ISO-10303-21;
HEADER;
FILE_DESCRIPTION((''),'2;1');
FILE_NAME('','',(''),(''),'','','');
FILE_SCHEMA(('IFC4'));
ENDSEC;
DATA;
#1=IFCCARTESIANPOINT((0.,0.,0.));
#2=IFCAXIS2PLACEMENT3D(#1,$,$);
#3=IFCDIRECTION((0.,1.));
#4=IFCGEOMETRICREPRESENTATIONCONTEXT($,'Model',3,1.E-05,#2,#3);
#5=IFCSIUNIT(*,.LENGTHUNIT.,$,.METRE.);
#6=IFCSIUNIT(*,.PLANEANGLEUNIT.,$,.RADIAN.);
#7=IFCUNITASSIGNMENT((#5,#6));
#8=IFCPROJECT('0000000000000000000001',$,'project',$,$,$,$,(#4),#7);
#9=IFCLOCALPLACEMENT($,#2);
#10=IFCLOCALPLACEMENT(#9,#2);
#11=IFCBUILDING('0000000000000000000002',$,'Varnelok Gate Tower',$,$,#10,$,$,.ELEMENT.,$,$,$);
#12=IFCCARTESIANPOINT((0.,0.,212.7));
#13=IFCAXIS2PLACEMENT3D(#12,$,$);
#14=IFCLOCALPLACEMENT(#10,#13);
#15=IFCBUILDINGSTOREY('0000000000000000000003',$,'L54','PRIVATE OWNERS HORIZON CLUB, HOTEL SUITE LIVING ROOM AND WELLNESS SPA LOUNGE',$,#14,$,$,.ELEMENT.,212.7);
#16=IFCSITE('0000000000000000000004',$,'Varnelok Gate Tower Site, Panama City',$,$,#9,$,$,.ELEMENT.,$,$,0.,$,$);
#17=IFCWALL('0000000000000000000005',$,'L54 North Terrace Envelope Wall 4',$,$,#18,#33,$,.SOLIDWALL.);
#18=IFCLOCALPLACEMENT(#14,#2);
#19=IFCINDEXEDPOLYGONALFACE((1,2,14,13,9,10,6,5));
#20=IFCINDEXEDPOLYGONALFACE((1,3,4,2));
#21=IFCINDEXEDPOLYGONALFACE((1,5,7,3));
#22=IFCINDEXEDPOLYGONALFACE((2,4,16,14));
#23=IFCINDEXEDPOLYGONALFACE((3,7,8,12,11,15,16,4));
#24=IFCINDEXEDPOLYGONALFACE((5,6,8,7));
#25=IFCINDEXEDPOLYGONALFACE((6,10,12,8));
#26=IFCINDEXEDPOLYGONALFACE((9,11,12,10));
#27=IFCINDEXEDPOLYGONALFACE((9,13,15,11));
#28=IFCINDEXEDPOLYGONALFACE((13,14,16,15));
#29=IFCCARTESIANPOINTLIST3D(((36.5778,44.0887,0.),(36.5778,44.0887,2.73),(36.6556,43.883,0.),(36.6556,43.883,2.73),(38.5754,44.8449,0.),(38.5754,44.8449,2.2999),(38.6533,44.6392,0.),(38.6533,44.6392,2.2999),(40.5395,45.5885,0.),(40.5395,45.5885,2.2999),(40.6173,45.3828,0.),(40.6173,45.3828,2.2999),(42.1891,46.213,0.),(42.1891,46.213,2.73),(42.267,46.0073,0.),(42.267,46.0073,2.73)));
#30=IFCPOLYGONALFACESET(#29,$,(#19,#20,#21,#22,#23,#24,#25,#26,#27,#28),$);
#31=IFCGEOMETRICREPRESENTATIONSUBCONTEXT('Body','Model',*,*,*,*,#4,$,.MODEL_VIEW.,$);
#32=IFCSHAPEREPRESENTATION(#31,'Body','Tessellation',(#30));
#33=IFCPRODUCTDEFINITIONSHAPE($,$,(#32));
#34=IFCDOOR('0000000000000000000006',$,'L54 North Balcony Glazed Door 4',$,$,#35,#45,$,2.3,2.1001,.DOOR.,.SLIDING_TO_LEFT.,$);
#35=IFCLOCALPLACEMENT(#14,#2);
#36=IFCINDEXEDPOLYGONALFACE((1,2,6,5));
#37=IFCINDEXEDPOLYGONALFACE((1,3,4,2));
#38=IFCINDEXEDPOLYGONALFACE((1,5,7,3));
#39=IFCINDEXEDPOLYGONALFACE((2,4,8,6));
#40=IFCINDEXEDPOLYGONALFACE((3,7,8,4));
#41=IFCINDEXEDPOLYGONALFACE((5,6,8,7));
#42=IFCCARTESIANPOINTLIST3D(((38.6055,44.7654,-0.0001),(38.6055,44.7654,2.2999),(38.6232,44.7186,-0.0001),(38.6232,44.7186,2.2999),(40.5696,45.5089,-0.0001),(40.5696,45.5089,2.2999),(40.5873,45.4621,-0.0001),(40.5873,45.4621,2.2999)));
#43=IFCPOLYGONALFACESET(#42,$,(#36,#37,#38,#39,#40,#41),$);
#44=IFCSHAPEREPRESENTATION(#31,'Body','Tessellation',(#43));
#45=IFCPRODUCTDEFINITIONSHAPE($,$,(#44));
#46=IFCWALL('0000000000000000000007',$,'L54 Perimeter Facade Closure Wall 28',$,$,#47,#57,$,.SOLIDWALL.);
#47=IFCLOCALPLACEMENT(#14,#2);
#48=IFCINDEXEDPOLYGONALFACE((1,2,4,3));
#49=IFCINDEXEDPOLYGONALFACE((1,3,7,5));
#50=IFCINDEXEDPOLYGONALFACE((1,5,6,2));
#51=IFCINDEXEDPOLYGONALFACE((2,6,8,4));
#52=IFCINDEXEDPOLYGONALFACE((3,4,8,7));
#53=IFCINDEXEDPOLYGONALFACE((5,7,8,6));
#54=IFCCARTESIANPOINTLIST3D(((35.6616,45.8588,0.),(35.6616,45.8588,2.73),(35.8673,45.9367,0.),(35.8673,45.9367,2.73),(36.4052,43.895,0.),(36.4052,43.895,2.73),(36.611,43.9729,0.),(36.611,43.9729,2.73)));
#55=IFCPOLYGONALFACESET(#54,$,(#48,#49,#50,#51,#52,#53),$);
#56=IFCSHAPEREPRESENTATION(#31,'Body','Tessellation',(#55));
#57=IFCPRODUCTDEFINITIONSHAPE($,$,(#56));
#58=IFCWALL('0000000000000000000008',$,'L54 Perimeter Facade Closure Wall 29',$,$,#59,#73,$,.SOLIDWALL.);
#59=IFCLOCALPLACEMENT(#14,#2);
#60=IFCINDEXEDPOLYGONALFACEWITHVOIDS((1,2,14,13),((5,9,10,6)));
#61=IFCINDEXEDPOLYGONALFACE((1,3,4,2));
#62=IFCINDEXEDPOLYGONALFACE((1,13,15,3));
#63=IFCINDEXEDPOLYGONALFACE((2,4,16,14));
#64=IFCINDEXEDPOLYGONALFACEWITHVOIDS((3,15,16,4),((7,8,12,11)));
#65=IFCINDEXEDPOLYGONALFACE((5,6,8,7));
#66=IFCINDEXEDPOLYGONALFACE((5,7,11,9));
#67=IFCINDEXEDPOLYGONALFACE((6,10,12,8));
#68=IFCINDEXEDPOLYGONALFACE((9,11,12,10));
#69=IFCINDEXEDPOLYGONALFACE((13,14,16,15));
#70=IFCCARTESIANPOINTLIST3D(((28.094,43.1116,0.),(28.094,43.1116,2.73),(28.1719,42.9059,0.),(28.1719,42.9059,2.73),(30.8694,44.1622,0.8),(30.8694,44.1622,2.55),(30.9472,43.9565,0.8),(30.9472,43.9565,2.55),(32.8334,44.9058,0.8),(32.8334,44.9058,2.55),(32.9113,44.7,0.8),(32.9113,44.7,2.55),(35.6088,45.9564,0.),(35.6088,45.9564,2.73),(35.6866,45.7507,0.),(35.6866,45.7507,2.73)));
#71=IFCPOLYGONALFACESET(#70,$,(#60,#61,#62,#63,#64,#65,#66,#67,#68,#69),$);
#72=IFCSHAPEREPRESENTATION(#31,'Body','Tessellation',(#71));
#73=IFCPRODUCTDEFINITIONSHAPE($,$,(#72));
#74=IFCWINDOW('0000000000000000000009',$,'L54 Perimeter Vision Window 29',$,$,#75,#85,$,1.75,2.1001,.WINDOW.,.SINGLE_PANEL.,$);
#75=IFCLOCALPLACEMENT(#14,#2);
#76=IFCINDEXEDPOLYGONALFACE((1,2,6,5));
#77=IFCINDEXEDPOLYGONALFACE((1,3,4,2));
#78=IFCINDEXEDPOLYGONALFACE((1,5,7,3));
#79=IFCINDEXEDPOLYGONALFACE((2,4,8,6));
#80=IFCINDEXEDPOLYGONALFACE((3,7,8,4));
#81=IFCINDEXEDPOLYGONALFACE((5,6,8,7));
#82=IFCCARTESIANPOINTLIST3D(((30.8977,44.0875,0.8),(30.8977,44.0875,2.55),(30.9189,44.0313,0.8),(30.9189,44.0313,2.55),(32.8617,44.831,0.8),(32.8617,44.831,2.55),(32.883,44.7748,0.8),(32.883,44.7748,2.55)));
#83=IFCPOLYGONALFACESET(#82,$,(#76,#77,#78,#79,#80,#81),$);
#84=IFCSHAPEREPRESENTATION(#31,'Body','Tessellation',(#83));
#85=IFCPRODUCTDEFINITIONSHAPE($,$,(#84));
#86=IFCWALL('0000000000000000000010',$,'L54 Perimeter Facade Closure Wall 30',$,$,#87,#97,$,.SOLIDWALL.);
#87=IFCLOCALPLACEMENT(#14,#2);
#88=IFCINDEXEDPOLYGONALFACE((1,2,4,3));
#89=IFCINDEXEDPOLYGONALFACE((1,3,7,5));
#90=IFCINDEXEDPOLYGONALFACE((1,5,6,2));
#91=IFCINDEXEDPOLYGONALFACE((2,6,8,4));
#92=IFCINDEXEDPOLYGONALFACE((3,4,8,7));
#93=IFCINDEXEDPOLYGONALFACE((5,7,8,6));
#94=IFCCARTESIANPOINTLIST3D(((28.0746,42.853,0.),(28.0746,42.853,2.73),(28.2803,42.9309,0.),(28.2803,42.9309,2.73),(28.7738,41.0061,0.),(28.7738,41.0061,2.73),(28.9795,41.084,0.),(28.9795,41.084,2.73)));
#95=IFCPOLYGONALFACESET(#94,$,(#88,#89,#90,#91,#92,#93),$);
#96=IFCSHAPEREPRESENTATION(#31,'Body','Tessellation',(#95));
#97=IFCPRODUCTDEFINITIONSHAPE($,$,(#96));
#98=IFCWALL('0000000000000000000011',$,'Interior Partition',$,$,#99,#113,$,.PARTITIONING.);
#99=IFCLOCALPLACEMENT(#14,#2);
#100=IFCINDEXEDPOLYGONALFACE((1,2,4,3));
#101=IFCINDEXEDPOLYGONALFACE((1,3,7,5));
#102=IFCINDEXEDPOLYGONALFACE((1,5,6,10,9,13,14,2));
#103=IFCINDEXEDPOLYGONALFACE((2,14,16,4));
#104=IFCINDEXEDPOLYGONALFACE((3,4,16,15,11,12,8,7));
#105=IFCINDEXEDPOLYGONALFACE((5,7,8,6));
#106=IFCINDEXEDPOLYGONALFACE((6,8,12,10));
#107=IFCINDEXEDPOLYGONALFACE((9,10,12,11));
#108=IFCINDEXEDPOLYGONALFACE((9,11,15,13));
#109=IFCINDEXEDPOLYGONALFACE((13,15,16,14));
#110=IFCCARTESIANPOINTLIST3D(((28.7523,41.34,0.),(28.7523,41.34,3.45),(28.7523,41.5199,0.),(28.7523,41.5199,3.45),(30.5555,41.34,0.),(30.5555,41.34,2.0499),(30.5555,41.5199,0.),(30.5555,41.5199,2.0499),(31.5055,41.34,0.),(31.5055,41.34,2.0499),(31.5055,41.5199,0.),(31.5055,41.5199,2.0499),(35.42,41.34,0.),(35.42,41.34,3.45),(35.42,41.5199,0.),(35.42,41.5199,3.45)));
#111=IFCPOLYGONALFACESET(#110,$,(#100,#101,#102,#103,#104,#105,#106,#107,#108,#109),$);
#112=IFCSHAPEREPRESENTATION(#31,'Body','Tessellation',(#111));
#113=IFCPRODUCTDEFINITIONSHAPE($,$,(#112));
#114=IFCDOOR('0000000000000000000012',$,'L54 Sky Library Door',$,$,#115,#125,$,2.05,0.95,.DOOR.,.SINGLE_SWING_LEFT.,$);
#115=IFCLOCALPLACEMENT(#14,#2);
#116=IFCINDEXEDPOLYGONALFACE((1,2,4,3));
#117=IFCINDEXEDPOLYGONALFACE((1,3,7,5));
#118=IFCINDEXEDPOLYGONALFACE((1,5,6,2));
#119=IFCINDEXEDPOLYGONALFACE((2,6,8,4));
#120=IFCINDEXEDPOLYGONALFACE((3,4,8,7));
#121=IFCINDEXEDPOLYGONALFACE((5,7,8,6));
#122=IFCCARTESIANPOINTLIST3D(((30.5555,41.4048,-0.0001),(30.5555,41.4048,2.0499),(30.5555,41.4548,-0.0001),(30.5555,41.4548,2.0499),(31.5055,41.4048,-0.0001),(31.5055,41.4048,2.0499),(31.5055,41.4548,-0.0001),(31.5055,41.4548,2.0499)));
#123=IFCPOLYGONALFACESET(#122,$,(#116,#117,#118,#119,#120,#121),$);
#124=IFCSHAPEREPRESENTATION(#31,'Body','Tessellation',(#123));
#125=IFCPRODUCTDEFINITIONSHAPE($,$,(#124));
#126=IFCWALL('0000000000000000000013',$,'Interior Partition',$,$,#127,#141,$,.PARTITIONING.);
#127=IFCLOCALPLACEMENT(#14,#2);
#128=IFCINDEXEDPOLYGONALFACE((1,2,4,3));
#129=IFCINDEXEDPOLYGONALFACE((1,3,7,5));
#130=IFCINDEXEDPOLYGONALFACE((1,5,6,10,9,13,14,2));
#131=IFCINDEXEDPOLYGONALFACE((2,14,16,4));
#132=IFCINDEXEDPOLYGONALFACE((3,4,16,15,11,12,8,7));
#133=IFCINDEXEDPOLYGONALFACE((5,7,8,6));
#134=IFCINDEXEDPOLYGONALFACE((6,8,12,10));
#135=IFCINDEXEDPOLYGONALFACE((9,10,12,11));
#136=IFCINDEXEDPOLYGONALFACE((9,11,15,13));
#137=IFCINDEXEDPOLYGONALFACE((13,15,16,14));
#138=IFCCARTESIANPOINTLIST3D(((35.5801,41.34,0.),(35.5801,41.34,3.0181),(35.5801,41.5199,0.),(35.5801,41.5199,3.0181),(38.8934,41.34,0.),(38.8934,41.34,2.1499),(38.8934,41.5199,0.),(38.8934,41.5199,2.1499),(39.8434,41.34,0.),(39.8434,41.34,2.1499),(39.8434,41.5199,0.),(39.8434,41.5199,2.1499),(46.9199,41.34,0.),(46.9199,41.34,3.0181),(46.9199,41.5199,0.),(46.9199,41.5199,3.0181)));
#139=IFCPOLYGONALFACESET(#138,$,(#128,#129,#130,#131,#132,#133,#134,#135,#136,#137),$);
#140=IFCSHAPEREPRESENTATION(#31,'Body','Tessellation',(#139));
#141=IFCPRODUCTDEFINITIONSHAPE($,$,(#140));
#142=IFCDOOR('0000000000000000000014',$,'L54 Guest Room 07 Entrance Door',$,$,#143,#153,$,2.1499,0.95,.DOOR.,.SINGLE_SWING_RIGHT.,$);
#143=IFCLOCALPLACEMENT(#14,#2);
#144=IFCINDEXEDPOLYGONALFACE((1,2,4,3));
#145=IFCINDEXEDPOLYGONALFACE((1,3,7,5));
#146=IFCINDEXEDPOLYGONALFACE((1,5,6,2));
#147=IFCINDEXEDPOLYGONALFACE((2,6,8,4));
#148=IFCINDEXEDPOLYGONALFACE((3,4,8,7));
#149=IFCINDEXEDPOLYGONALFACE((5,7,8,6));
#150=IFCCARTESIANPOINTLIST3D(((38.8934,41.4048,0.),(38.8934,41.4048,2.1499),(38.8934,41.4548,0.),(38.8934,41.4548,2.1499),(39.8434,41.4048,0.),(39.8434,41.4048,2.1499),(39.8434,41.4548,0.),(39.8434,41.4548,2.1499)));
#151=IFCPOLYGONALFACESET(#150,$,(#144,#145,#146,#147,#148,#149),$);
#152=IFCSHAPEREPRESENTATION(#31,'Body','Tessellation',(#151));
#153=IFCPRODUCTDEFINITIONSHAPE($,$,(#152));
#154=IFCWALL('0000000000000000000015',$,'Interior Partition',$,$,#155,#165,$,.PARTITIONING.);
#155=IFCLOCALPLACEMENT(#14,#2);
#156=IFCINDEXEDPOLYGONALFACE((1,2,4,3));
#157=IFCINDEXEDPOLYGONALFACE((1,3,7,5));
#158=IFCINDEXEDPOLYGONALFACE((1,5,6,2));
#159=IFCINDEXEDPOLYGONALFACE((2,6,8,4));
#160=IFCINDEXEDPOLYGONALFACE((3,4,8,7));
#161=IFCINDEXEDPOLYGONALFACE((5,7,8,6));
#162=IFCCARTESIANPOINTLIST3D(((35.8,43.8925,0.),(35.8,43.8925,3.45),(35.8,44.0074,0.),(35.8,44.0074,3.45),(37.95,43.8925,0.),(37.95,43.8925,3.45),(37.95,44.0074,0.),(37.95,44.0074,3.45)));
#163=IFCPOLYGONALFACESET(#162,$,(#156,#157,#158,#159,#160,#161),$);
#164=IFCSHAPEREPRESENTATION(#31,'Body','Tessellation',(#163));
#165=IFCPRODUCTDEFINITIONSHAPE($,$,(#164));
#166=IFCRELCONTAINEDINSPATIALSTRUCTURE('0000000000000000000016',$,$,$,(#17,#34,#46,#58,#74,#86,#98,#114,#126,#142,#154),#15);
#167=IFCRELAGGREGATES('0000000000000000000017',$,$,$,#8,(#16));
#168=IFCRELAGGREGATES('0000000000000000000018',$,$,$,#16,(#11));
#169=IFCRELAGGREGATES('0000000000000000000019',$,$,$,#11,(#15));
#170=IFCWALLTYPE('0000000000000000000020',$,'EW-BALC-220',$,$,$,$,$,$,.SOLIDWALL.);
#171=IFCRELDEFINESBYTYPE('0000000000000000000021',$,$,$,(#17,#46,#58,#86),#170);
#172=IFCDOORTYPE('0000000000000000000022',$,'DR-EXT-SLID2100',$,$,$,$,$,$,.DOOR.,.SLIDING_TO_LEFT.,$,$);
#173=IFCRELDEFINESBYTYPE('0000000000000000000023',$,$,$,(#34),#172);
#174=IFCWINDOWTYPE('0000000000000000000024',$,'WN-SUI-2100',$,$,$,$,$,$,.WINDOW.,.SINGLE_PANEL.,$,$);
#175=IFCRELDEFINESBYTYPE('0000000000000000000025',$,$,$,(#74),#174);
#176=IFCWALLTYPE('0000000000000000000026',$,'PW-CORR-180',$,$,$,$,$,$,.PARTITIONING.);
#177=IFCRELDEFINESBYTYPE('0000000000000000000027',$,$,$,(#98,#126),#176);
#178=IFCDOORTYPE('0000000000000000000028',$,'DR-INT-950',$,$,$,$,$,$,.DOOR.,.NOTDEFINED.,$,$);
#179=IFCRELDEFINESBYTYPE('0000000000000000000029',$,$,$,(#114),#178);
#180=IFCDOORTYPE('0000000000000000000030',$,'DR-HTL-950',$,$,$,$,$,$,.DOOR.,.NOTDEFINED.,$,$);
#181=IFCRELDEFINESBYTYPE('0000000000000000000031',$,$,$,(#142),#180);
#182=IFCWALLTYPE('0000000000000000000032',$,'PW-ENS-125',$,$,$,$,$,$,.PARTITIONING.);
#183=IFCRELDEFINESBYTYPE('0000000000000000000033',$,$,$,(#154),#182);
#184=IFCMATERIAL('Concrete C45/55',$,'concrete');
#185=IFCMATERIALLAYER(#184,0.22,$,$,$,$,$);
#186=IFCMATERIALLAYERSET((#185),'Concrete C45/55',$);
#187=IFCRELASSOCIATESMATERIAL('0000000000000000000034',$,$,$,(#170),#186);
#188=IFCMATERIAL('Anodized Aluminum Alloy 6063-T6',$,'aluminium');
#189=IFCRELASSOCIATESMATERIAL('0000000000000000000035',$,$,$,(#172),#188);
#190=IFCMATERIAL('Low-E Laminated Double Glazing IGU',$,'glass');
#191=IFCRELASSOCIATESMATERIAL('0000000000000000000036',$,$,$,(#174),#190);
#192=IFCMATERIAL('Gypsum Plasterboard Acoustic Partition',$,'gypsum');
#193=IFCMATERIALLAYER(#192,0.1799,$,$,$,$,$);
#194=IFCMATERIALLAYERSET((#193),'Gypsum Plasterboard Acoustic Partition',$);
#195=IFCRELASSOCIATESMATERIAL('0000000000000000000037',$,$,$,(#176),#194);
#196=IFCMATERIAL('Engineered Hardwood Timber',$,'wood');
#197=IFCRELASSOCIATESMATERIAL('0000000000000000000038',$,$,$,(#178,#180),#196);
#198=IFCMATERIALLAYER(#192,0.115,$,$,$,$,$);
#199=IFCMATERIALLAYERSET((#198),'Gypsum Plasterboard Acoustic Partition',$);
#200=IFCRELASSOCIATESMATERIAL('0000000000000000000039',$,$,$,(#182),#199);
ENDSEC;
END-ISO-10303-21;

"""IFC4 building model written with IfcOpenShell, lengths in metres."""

from ifc_helpers import new_model, si_unit, direction, frame, frame_2d, origin, place, context, subcontext, project, spatial, rectangle, extrude, material, layer, layer_set, type_object, element, fill, save


model = new_model("IFC4")

# Units and contexts
model_context = context("Model", 3, precision=1e-05, world=origin(), true_north=direction((0.0, 1.0)))
body_context = subcontext(model_context, "Body", "Model", "MODEL_VIEW")
ifc_project = project(units=[si_unit("LENGTHUNIT", "METRE"), si_unit("PLANEANGLEUNIT", "RADIAN")], contexts=[model_context])

# Site, building, storey
site_placement = place(None, origin())
site = spatial("IfcSite", under=ifc_project, at=site_placement, Name="Varnelok Gate Tower Site, Panama City", CompositionType="ELEMENT", RefElevation=0.0)
building_placement = place(site_placement, origin())
building = spatial("IfcBuilding", under=site, at=building_placement, Name="Varnelok Gate Tower", CompositionType="ELEMENT")
storey_placement = place(building_placement, frame((0.0, 0.0, 212.7)))
storey = spatial("IfcBuildingStorey", under=building, at=storey_placement, Name="L54", Description="PRIVATE OWNERS HORIZON CLUB, HOTEL SUITE LIVING ROOM AND WELLNESS SPA LOUNGE", CompositionType="ELEMENT", Elevation=212.7)

# Wall, opening, door
ifc_material_1 = material(Name="Concrete C45/55", Category="concrete")
ifc_layer_1 = layer(ifc_material_1, 0.22)
ifc_layer_set_1 = layer_set([ifc_layer_1], Name="Concrete C45/55")
wall_type_1 = type_object("IfcWallType", Name="EW-BALC-220", PredefinedType="SOLIDWALL", material=ifc_layer_set_1)
wall_1_placement = place(storey_placement, frame((36.6167, 43.9858, 0.0), z_axis=(0.0, 0.0, 1.0), x_axis=(0.935228, 0.354047, 0.0)))
wall_1 = element("IfcWall", 1, at=wall_1_placement, inside=storey, type_object=wall_type_1, Name="L54 North Terrace Envelope Wall 4", PredefinedType="SOLIDWALL", context=body_context, shape_type="SweptSolid", body=[
    extrude(rectangle(XDim=6.0, YDim=0.22, at=frame_2d((3.0, 0.0))), origin(), (0.0, 0.0, 1.0), 2.73),
])
opening_1_placement = place(wall_1_placement, frame((2.136, 0.0, 0.0)))
opening_1 = element("IfcOpeningElement", 2, at=opening_1_placement, cuts=wall_1, PredefinedType="OPENING", context=body_context, shape_type="SweptSolid", body=[
    extrude(rectangle(XDim=2.1001, YDim=2.3, at=frame_2d((1.05, 1.1499))), frame((0.0, 0.1199, 0.0), z_axis=(0.0, -1.0, 0.0), x_axis=(1.0, 0.0, 0.0)), (0.0, 0.0, 1.0), 0.24),
])
ifc_material_2 = material(Name="Anodized Aluminum Alloy 6063-T6", Category="aluminium")
door_type_1 = type_object("IfcDoorType", Name="DR-EXT-SLID2100", OperationType="SLIDING_TO_LEFT", PredefinedType="DOOR", material=ifc_material_2)
door_1_placement = place(opening_1_placement, origin())
door_1 = element("IfcDoor", 3, at=door_1_placement, inside=storey, type_object=door_type_1, Name="L54 North Balcony Glazed Door 4", OperationType="SLIDING_TO_LEFT", OverallHeight=2.3, OverallWidth=2.1001, PredefinedType="DOOR", context=body_context, shape_type="SweptSolid", body=[
    extrude(rectangle(XDim=2.1001, YDim=2.3, at=frame_2d((1.05, 1.1499))), frame((0.0, 0.0249, 0.0), z_axis=(0.0, -1.0, 0.0), x_axis=(1.0, 0.0, 0.0)), (0.0, 0.0, 1.0), 0.05),
])
fill(opening_1, door_1)

# Wall
wall_2_placement = place(storey_placement, frame((36.5081, 43.9341, 0.0), z_axis=(0.0, 0.0, 1.0), x_axis=(-0.354128, 0.935197, 0.0)))
element("IfcWall", 4, at=wall_2_placement, inside=storey, type_object=wall_type_1, Name="L54 Perimeter Facade Closure Wall 28", PredefinedType="SOLIDWALL", context=body_context, shape_type="SweptSolid", body=[
    extrude(rectangle(XDim=2.0999, YDim=0.22, at=frame_2d((1.0498, 0.0))), origin(), (0.0, 0.0, 1.0), 2.73),
])

# Wall, opening, window
wall_3_placement = place(storey_placement, frame((35.6477, 45.8535, 0.0), z_axis=(0.0, 0.0, 1.0), x_axis=(-0.935231, -0.354039, 0.0)))
wall_3 = element("IfcWall", 5, at=wall_3_placement, inside=storey, type_object=wall_type_1, Name="L54 Perimeter Facade Closure Wall 29", PredefinedType="SOLIDWALL", context=body_context, shape_type="SweptSolid", body=[
    extrude(rectangle(XDim=8.0352, YDim=0.22, at=frame_2d((4.0176, 0.0))), origin(), (0.0, 0.0, 1.0), 2.73),
])
opening_2_placement = place(wall_3_placement, frame((2.9675, 0.0, 0.8)))
opening_2 = element("IfcOpeningElement", 6, at=opening_2_placement, cuts=wall_3, PredefinedType="OPENING", context=body_context, shape_type="SweptSolid", body=[
    extrude(rectangle(XDim=2.1001, YDim=1.75, at=frame_2d((1.05, 0.875))), frame((0.0, 0.1199, 0.0), z_axis=(0.0, -1.0, 0.0), x_axis=(1.0, 0.0, 0.0)), (0.0, 0.0, 1.0), 0.24),
])
ifc_material_3 = material(Name="Low-E Laminated Double Glazing IGU", Category="glass")
window_type = type_object("IfcWindowType", Name="WN-SUI-2100", PartitioningType="SINGLE_PANEL", PredefinedType="WINDOW", material=ifc_material_3)
window_placement = place(opening_2_placement, origin())
window = element("IfcWindow", 7, at=window_placement, inside=storey, type_object=window_type, Name="L54 Perimeter Vision Window 29", OverallHeight=1.75, OverallWidth=2.1001, PartitioningType="SINGLE_PANEL", PredefinedType="WINDOW", context=body_context, shape_type="SweptSolid", body=[
    extrude(rectangle(XDim=2.1001, YDim=1.75, at=frame_2d((1.05, 0.875))), frame((0.0, 0.03, 0.0), z_axis=(0.0, -1.0, 0.0), x_axis=(1.0, 0.0, 0.0)), (0.0, 0.0, 1.0), 0.0601),
])
fill(opening_2, window)

# Wall
wall_4_placement = place(storey_placement, frame((28.1775, 42.8918, 0.0), z_axis=(0.0, 0.0, 1.0), x_axis=(0.354062, -0.935222, 0.0)))
element("IfcWall", 8, at=wall_4_placement, inside=storey, type_object=wall_type_1, Name="L54 Perimeter Facade Closure Wall 30", PredefinedType="SOLIDWALL", context=body_context, shape_type="SweptSolid", body=[
    extrude(rectangle(XDim=1.9749, YDim=0.22, at=frame_2d((0.9873, 0.0))), origin(), (0.0, 0.0, 1.0), 2.73),
])

# Walls, openings, doors
ifc_material_4 = material(Name="Gypsum Plasterboard Acoustic Partition", Category="gypsum")
ifc_layer_2 = layer(ifc_material_4, 0.1799)
ifc_layer_set_2 = layer_set([ifc_layer_2], Name="Gypsum Plasterboard Acoustic Partition")
wall_type_2 = type_object("IfcWallType", Name="PW-CORR-180", PredefinedType="PARTITIONING", material=ifc_layer_set_2)
wall_5_placement = place(storey_placement, frame((28.7522, 41.4299, 0.0), z_axis=(0.0, 0.0, 1.0), x_axis=(1.0, 0.0, 0.0)))
wall_5 = element("IfcWall", 9, at=wall_5_placement, inside=storey, type_object=wall_type_2, Name="Interior Partition", PredefinedType="PARTITIONING", context=body_context, shape_type="SweptSolid", body=[
    extrude(rectangle(XDim=6.6677, YDim=0.1799, at=frame_2d((3.334, 0.0))), origin(), (0.0, 0.0, 1.0), 3.45),
])
opening_3_placement = place(wall_5_placement, frame((1.8032, 0.0, 0.0)))
opening_3 = element("IfcOpeningElement", 10, at=opening_3_placement, cuts=wall_5, PredefinedType="OPENING", context=body_context, shape_type="SweptSolid", body=[
    extrude(rectangle(XDim=0.95, YDim=2.05, at=frame_2d((0.4751, 1.0249))), frame((0.0, 0.0999, 0.0), z_axis=(0.0, -1.0, 0.0), x_axis=(1.0, 0.0, 0.0)), (0.0, 0.0, 1.0), 0.2),
])
ifc_material_5 = material(Name="Engineered Hardwood Timber", Category="wood")
door_type_2 = type_object("IfcDoorType", Name="DR-INT-950", OperationType="NOTDEFINED", PredefinedType="DOOR", material=ifc_material_5)
door_2_placement = place(opening_3_placement, origin())
door_2 = element("IfcDoor", 11, at=door_2_placement, inside=storey, type_object=door_type_2, Name="L54 Sky Library Door", OperationType="SINGLE_SWING_LEFT", OverallHeight=2.05, OverallWidth=0.95, PredefinedType="DOOR", context=body_context, shape_type="SweptSolid", body=[
    extrude(rectangle(XDim=0.95, YDim=2.05, at=frame_2d((0.4751, 1.0249))), frame((0.0, 0.0249, 0.0), z_axis=(0.0, -1.0, 0.0), x_axis=(1.0, 0.0, 0.0)), (0.0, 0.0, 1.0), 0.05),
])
fill(opening_3, door_2)
wall_6_placement = place(storey_placement, frame((35.5801, 41.4299, 0.0), z_axis=(0.0, 0.0, 1.0), x_axis=(1.0, 0.0, 0.0)))
wall_6 = element("IfcWall", 12, at=wall_6_placement, inside=storey, type_object=wall_type_2, Name="Interior Partition", PredefinedType="PARTITIONING", context=body_context, shape_type="SweptSolid", body=[
    extrude(rectangle(XDim=11.3398, YDim=0.1799, at=frame_2d((5.6699, 0.0))), origin(), (0.0, 0.0, 1.0), 3.0181),
])
opening_4_placement = place(wall_6_placement, frame((3.3132, 0.0, 0.0)))
opening_4 = element("IfcOpeningElement", 13, at=opening_4_placement, cuts=wall_6, PredefinedType="OPENING", context=body_context, shape_type="SweptSolid", body=[
    extrude(rectangle(XDim=0.95, YDim=2.1499, at=frame_2d((0.4751, 1.075))), frame((0.0, 0.0999, 0.0), z_axis=(0.0, -1.0, 0.0), x_axis=(1.0, 0.0, 0.0)), (0.0, 0.0, 1.0), 0.2),
])
door_type_3 = type_object("IfcDoorType", Name="DR-HTL-950", OperationType="NOTDEFINED", PredefinedType="DOOR", material=ifc_material_5)
door_3_placement = place(opening_4_placement, origin())
door_3 = element("IfcDoor", 14, at=door_3_placement, inside=storey, type_object=door_type_3, Name="L54 Guest Room 07 Entrance Door", OperationType="SINGLE_SWING_RIGHT", OverallHeight=2.1499, OverallWidth=0.95, PredefinedType="DOOR", context=body_context, shape_type="SweptSolid", body=[
    extrude(rectangle(XDim=0.95, YDim=2.1499, at=frame_2d((0.4751, 1.075))), frame((0.0, 0.0249, 0.0), z_axis=(0.0, -1.0, 0.0), x_axis=(1.0, 0.0, 0.0)), (0.0, 0.0, 1.0), 0.05),
])
fill(opening_4, door_3)

# Wall
ifc_layer_3 = layer(ifc_material_4, 0.115)
ifc_layer_set_3 = layer_set([ifc_layer_3], Name="Gypsum Plasterboard Acoustic Partition")
wall_type_3 = type_object("IfcWallType", Name="PW-ENS-125", PredefinedType="PARTITIONING", material=ifc_layer_set_3)
wall_7_placement = place(storey_placement, frame((35.8, 43.95, 0.0), z_axis=(0.0, 0.0, 1.0), x_axis=(1.0, 0.0, 0.0)))
element("IfcWall", 15, at=wall_7_placement, inside=storey, type_object=wall_type_3, Name="Interior Partition", PredefinedType="PARTITIONING", context=body_context, shape_type="SweptSolid", body=[
    extrude(rectangle(XDim=2.1499, YDim=0.115, at=frame_2d((1.075, 0.0))), origin(), (0.0, 0.0, 1.0), 3.45),
])

save(model, "model.ifc")
